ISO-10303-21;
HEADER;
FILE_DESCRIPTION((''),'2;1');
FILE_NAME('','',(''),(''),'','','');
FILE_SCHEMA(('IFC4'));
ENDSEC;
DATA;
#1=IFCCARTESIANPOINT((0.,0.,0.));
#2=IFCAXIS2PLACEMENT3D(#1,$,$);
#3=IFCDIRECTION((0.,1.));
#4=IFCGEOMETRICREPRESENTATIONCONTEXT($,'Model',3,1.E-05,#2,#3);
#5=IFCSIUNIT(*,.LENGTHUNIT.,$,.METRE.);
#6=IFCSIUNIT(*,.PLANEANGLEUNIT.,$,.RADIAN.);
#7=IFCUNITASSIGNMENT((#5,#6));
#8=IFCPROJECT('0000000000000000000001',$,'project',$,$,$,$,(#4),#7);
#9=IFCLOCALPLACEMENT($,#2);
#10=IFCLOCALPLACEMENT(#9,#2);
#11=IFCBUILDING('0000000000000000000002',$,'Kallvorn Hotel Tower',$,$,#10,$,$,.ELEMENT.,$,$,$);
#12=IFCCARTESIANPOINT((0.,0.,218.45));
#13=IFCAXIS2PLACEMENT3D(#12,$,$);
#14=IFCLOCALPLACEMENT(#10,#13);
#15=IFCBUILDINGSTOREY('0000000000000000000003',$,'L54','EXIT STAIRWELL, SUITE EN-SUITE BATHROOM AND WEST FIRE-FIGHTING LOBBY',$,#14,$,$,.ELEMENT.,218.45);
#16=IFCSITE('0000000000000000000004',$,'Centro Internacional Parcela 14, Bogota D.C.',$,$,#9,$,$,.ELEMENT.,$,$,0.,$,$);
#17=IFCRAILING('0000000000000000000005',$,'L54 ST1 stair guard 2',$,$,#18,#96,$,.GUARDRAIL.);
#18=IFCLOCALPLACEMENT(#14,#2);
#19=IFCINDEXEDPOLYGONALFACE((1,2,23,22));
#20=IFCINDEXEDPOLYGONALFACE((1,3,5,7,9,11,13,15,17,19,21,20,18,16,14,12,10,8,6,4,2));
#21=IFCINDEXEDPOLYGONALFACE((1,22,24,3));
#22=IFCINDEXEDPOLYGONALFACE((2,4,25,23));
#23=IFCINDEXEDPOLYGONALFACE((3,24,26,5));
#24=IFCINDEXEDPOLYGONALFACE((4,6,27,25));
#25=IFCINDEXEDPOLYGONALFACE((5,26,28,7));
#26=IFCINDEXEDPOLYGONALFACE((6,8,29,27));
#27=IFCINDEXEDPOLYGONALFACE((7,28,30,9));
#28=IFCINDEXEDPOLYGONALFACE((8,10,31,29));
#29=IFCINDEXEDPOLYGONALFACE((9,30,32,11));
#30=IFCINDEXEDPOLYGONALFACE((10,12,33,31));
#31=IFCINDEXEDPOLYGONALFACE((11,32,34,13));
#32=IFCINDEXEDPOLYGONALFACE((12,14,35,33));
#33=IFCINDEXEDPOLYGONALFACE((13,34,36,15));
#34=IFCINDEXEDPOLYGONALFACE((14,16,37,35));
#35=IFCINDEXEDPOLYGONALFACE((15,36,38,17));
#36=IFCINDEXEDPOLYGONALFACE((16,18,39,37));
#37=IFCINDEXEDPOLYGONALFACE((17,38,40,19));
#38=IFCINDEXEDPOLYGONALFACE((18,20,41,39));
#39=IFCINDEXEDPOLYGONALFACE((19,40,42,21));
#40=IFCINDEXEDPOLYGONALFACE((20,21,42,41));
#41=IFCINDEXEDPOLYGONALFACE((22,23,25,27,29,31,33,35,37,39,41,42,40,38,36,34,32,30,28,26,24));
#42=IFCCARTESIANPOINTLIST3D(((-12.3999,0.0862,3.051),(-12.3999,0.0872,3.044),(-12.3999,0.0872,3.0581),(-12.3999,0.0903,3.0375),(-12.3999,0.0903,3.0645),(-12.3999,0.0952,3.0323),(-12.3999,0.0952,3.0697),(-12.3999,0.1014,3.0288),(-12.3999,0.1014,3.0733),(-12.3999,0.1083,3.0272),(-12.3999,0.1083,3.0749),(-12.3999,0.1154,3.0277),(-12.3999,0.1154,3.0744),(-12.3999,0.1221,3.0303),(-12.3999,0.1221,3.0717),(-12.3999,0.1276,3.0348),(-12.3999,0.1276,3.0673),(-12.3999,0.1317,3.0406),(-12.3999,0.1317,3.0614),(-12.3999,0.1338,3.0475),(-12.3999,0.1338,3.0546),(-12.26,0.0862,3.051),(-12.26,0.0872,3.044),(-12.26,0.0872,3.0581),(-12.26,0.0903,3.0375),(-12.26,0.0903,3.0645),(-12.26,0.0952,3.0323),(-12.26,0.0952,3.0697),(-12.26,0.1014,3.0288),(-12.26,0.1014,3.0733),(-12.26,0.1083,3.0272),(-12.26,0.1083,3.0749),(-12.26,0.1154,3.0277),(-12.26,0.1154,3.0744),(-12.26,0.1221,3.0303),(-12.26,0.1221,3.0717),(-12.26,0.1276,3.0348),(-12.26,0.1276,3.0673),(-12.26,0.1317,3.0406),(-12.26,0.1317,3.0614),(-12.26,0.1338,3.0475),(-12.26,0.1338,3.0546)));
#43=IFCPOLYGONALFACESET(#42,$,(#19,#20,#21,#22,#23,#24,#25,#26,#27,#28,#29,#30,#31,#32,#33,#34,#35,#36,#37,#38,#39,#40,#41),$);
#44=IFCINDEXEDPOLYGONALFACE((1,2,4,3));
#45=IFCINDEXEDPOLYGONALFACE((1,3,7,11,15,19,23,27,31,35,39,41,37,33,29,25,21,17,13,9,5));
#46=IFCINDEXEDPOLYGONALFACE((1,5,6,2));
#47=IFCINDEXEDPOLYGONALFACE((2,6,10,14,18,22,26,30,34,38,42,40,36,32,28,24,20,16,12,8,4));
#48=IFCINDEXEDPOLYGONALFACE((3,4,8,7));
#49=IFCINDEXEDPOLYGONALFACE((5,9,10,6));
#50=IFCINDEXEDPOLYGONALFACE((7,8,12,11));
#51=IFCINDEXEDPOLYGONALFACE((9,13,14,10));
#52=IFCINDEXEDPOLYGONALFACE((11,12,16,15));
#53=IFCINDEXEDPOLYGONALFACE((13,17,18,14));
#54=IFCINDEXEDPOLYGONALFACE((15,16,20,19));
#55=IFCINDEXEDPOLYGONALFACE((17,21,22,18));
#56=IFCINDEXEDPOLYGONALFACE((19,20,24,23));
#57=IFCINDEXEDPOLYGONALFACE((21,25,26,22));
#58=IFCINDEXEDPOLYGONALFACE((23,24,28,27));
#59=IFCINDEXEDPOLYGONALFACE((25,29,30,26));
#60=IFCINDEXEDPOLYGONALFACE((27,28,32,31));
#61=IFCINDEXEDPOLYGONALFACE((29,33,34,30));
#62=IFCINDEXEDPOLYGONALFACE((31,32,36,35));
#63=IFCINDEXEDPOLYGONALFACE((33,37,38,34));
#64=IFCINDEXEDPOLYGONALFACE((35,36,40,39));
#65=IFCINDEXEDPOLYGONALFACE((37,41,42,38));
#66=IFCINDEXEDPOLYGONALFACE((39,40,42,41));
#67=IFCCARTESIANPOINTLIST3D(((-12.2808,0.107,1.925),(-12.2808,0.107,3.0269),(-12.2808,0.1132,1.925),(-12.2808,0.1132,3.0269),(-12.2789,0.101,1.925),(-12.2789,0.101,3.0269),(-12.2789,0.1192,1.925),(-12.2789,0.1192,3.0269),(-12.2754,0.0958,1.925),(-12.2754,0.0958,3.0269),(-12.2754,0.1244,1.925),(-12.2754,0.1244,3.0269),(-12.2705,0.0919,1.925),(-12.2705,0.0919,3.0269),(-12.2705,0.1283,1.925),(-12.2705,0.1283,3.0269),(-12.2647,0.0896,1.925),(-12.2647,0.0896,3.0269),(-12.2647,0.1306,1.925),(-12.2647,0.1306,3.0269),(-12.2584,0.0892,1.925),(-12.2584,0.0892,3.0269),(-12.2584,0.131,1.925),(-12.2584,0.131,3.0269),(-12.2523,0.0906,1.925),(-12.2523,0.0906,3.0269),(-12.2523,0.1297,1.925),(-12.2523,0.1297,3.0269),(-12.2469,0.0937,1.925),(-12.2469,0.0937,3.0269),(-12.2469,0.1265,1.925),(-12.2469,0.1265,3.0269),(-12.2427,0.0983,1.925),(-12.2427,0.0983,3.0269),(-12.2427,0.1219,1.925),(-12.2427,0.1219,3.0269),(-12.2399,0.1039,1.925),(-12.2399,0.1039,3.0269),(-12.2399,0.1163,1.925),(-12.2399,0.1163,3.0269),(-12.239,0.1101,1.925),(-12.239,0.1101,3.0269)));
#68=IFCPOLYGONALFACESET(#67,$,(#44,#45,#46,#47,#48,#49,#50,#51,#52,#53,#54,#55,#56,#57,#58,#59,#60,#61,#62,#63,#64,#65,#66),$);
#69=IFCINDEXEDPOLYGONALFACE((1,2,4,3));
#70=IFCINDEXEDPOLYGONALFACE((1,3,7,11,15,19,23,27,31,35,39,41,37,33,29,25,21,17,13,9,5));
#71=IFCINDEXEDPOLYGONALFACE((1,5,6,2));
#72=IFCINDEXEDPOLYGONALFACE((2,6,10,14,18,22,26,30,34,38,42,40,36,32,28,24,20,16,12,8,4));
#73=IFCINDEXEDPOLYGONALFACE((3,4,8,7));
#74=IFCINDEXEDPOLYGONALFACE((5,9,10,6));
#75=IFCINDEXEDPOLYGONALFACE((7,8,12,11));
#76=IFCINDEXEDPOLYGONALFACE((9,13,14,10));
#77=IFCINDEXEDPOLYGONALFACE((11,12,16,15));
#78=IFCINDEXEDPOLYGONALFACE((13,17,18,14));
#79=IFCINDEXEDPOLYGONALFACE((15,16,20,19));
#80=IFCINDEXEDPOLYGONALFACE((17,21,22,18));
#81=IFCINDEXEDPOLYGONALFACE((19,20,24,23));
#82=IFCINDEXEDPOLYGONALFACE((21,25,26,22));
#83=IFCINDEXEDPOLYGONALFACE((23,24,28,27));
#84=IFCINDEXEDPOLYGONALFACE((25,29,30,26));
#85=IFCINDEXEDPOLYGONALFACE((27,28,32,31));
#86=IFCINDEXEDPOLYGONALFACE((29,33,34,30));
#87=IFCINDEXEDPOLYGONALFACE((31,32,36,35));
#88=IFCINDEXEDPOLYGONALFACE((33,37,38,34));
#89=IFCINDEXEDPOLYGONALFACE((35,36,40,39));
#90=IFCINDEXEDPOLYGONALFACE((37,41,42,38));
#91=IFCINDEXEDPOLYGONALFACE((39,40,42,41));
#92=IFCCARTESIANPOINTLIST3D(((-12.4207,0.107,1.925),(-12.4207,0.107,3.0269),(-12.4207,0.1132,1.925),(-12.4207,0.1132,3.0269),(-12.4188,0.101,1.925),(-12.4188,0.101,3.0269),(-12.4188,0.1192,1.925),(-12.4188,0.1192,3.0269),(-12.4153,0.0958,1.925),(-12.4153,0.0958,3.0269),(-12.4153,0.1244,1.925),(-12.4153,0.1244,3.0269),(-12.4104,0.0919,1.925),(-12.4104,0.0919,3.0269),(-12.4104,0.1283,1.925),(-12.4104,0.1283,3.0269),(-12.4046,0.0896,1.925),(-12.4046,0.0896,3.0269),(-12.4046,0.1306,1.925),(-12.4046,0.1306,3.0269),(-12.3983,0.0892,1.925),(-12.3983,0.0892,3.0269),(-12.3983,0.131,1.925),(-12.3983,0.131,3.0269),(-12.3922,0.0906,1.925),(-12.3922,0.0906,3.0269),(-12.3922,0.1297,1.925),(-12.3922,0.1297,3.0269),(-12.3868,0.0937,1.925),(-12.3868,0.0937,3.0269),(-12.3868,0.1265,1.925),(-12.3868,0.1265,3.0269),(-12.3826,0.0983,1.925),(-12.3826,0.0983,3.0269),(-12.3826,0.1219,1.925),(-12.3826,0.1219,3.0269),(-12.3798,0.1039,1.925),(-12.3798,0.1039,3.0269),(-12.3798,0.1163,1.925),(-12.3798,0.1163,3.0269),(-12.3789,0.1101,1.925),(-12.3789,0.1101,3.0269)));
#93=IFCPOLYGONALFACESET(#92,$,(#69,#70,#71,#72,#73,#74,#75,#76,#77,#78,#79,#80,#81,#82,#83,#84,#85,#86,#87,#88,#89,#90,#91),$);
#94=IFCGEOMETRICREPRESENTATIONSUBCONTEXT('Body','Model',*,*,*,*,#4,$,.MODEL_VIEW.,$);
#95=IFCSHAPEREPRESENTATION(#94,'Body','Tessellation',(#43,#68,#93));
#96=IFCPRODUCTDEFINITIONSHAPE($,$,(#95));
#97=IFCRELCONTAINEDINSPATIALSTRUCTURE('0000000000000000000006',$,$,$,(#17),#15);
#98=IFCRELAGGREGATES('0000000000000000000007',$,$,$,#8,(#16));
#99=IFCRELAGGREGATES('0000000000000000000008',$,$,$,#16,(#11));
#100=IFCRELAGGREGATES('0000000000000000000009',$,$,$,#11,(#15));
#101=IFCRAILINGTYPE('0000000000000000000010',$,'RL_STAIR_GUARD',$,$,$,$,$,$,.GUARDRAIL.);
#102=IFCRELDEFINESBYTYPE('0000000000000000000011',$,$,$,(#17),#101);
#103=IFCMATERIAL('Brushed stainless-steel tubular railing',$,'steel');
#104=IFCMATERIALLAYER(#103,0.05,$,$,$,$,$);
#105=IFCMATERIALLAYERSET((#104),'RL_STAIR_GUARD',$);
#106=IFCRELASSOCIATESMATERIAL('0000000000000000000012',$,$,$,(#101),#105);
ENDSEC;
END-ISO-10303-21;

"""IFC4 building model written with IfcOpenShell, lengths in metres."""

from ifc_helpers import new_model, si_unit, direction, frame, origin, origin_2d, place, context, subcontext, project, spatial, circle, extrude, material, layer, layer_set, type_object, element, save


model = new_model("IFC4")

# Units and contexts
model_context = context("Model", 3, precision=1e-05, world=origin(), true_north=direction((0.0, 1.0)))
body_context = subcontext(model_context, "Body", "Model", "MODEL_VIEW")
ifc_project = project(units=[si_unit("LENGTHUNIT", "METRE"), si_unit("PLANEANGLEUNIT", "RADIAN")], contexts=[model_context])

# Site, building, storey
site_placement = place(None, origin())
site = spatial("IfcSite", under=ifc_project, at=site_placement, Name="Centro Internacional Parcela 14, Bogota D.C.", CompositionType="ELEMENT", RefElevation=0.0)
building_placement = place(site_placement, origin())
building = spatial("IfcBuilding", under=site, at=building_placement, Name="Kallvorn Hotel Tower", CompositionType="ELEMENT")
storey_placement = place(building_placement, frame((0.0, 0.0, 218.45)))
storey = spatial("IfcBuildingStorey", under=building, at=storey_placement, Name="L54", Description="EXIT STAIRWELL, SUITE EN-SUITE BATHROOM AND WEST FIRE-FIGHTING LOBBY", CompositionType="ELEMENT", Elevation=218.45)

# Railing
ifc_material_1 = material(Name="Brushed stainless-steel tubular railing", Category="steel")
ifc_layer_1 = layer(ifc_material_1, 0.05)
ifc_layer_set_1 = layer_set([ifc_layer_1], Name="RL_STAIR_GUARD")
railing_type_1 = type_object("IfcRailingType", Name="RL_STAIR_GUARD", PredefinedType="GUARDRAIL", material=ifc_layer_set_1)
railing_1_placement = place(storey_placement, frame((-12.26, 0.1101, 1.925)))
element("IfcRailing", 1, at=railing_1_placement, inside=storey, type_object=railing_type_1, Name="L54 ST1 stair guard 2", PredefinedType="GUARDRAIL", context=body_context, shape_type="SweptSolid", body=[
    extrude(circle(Radius=0.0239, at=origin_2d()), frame((0.0, 0.0, 1.126), z_axis=(-1.0, 0.0, 0.0), x_axis=(0.0, -1.0, 0.0)), (0.0, 0.0, 1.0), 0.1399),
    extrude(circle(Radius=0.021, at=origin_2d()), origin(), (0.0, 0.0, 1.0), 1.1018),
    extrude(circle(Radius=0.021, at=origin_2d()), frame((-0.1399, 0.0, 0.0)), (0.0, 0.0, 1.0), 1.1018),
])

save(model, "model.ifc")
